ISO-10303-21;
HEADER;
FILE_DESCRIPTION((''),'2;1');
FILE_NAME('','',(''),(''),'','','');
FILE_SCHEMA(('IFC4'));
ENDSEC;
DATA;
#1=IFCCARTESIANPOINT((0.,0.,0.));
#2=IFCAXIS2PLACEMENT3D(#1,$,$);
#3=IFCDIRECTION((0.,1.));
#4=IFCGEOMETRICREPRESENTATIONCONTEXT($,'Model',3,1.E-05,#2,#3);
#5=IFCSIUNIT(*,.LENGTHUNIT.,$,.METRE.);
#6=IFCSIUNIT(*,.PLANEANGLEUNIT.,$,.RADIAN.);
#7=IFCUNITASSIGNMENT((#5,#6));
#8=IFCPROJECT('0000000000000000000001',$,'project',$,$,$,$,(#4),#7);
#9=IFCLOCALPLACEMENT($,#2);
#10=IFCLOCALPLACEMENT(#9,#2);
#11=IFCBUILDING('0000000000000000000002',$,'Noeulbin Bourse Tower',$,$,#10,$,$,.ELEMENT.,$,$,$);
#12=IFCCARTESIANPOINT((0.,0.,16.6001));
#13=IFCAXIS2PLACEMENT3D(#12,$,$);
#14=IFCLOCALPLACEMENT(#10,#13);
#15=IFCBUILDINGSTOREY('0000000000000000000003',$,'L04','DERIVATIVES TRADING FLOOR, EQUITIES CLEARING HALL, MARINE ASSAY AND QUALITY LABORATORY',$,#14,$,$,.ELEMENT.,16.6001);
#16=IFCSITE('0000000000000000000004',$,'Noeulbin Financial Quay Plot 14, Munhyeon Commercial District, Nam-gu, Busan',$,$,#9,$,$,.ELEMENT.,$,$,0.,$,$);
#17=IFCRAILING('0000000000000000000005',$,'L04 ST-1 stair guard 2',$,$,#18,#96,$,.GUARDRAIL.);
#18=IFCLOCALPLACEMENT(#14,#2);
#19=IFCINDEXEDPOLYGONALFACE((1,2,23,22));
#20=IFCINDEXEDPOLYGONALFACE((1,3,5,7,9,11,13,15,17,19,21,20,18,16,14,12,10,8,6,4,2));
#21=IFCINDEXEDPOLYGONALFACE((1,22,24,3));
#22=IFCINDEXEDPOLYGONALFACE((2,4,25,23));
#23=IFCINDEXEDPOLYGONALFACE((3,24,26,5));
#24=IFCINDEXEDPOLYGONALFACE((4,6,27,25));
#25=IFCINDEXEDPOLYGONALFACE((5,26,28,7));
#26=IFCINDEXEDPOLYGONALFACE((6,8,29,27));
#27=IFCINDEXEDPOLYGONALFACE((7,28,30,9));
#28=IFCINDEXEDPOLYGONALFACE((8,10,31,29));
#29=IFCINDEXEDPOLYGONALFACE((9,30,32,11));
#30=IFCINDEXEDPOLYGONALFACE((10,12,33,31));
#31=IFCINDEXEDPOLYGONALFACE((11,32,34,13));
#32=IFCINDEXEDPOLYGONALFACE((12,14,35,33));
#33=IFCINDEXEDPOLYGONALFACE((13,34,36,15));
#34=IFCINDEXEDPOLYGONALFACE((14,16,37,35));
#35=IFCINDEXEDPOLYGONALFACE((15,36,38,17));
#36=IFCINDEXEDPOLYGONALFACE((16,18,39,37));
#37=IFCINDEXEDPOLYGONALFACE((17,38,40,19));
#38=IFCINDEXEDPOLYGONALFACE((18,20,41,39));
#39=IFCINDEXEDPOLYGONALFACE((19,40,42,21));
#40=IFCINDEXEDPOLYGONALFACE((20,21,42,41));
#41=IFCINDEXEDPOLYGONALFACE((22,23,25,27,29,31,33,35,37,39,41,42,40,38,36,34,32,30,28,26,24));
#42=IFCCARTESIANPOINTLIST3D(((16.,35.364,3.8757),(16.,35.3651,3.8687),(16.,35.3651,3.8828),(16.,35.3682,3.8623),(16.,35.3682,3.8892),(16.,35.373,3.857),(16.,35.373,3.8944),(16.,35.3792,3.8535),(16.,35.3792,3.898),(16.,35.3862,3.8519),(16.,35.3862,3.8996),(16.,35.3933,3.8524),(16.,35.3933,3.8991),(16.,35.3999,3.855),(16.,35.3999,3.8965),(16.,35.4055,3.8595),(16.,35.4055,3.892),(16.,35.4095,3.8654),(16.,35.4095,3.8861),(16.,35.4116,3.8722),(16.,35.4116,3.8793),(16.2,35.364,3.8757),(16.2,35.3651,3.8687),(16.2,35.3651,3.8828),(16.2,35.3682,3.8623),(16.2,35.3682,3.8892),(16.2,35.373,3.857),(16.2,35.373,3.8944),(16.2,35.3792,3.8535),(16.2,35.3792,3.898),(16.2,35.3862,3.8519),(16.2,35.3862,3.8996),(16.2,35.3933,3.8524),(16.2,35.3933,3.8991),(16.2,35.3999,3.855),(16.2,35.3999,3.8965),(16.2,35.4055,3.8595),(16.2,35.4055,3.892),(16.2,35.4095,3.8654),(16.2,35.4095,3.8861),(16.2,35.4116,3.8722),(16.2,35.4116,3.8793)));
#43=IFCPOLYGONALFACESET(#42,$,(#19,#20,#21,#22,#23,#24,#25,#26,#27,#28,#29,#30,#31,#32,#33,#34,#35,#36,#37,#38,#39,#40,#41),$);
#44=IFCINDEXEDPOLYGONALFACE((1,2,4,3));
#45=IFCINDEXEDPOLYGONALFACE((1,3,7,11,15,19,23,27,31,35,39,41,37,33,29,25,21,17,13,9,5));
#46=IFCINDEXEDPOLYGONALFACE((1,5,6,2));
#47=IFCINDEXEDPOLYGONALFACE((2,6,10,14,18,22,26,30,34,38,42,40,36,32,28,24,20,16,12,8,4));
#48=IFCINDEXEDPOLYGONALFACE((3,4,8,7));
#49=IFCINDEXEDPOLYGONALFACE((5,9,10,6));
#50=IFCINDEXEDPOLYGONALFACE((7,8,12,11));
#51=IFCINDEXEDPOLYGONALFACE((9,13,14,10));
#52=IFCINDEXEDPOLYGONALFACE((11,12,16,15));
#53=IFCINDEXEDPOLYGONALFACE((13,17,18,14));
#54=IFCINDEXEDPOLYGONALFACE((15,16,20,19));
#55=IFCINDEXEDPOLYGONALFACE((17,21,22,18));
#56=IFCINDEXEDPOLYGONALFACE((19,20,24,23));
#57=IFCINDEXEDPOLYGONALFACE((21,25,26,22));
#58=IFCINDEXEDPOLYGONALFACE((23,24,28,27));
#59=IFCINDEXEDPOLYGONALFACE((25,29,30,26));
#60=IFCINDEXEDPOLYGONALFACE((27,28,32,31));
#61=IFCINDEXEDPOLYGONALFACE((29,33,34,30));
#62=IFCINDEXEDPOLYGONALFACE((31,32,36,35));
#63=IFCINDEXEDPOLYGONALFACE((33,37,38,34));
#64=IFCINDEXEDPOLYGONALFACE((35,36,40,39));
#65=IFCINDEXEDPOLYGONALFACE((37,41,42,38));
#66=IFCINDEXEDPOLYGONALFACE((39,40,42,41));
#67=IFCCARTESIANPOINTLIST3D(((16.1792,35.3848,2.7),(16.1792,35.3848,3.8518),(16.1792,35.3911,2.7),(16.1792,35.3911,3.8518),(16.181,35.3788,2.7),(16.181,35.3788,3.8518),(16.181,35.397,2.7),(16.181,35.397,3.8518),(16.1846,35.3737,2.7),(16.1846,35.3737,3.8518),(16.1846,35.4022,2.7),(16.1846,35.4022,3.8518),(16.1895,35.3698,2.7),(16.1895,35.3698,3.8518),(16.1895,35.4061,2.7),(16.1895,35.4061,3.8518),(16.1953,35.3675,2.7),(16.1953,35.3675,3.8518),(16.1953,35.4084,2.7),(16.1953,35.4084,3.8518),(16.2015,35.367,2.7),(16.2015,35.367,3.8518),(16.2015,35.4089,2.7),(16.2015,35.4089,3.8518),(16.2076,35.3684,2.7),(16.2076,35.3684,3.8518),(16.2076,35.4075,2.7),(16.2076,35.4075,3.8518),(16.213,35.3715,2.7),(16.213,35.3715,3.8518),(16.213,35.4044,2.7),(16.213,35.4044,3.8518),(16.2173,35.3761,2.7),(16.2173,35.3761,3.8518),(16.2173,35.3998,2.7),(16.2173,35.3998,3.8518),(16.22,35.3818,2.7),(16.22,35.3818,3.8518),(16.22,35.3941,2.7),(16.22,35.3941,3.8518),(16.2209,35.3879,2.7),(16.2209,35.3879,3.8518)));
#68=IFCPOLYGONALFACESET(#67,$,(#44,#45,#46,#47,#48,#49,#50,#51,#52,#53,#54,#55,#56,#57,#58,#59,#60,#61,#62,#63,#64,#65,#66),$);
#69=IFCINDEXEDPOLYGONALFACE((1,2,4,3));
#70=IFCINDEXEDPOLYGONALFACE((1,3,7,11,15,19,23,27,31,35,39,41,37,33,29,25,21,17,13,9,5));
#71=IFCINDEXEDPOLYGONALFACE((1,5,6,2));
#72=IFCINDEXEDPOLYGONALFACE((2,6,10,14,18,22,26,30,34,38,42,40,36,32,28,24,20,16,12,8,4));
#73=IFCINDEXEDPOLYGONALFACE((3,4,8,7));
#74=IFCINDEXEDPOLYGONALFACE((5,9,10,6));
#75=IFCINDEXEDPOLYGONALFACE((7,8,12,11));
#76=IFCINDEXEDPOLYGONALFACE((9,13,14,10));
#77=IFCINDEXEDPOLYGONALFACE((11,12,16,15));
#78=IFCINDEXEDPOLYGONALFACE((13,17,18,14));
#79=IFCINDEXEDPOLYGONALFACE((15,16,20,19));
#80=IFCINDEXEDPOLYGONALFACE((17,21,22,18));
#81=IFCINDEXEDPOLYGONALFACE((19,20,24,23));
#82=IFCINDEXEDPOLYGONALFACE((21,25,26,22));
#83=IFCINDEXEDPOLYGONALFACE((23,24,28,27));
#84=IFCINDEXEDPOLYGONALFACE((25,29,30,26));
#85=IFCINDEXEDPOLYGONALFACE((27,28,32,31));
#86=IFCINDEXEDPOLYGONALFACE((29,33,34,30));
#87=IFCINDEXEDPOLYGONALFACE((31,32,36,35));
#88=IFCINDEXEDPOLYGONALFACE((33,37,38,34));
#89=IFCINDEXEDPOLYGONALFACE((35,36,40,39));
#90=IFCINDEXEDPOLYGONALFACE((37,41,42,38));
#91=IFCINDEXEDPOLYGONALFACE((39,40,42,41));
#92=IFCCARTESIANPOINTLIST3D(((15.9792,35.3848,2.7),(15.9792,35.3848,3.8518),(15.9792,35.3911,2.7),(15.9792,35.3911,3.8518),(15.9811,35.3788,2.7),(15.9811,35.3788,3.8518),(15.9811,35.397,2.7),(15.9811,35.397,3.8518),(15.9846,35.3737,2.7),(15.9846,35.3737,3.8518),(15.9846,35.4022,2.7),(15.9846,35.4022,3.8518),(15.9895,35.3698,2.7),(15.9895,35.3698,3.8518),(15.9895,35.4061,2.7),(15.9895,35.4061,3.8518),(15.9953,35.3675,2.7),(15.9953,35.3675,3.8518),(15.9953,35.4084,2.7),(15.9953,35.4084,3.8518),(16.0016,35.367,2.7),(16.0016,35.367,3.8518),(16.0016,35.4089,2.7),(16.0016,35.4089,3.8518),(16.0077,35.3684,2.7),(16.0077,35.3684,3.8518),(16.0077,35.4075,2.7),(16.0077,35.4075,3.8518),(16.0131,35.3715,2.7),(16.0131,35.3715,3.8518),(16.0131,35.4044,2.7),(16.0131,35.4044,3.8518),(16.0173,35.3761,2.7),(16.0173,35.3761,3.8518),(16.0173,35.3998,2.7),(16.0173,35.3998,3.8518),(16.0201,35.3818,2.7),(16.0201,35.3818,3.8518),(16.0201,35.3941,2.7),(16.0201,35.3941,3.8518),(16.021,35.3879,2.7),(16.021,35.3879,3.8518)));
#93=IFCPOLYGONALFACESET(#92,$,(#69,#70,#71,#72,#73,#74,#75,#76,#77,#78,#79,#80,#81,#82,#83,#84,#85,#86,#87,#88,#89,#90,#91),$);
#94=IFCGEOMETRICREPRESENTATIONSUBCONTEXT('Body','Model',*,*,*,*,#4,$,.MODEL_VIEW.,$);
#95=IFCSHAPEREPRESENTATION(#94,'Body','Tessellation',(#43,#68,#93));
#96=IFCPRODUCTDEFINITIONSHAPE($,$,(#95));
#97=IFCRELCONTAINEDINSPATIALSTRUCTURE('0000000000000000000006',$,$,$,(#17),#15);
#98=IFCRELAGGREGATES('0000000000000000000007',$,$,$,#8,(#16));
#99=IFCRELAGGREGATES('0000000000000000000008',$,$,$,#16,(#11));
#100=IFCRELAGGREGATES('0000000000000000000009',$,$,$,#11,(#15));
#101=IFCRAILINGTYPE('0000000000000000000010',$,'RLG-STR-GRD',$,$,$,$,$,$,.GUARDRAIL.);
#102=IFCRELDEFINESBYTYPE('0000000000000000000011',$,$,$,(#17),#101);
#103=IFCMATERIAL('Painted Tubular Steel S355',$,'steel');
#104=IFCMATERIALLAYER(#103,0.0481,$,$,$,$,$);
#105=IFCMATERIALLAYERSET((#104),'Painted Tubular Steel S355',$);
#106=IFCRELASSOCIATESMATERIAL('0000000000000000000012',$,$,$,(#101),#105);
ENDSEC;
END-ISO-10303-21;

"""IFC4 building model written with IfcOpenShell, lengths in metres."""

from ifc_helpers import new_model, si_unit, direction, frame, origin, origin_2d, place, context, subcontext, project, spatial, circle, extrude, material, layer, layer_set, type_object, element, save


model = new_model("IFC4")

# Units and contexts
model_context = context("Model", 3, precision=1e-05, world=origin(), true_north=direction((0.0, 1.0)))
body_context = subcontext(model_context, "Body", "Model", "MODEL_VIEW")
ifc_project = project(units=[si_unit("LENGTHUNIT", "METRE"), si_unit("PLANEANGLEUNIT", "RADIAN")], contexts=[model_context])

# Site, building, storey
site_placement = place(None, origin())
site = spatial("IfcSite", under=ifc_project, at=site_placement, Name="Noeulbin Financial Quay Plot 14, Munhyeon Commercial District, Nam-gu, Busan", CompositionType="ELEMENT", RefElevation=0.0)
building_placement = place(site_placement, origin())
building = spatial("IfcBuilding", under=site, at=building_placement, Name="Noeulbin Bourse Tower", CompositionType="ELEMENT")
storey_placement = place(building_placement, frame((0.0, 0.0, 16.6001)))
storey = spatial("IfcBuildingStorey", under=building, at=storey_placement, Name="L04", Description="DERIVATIVES TRADING FLOOR, EQUITIES CLEARING HALL, MARINE ASSAY AND QUALITY LABORATORY", CompositionType="ELEMENT", Elevation=16.6001)

# Railing
ifc_material_1 = material(Name="Painted Tubular Steel S355", Category="steel")
ifc_layer_1 = layer(ifc_material_1, 0.0481)
ifc_layer_set_1 = layer_set([ifc_layer_1], Name="Painted Tubular Steel S355")
railing_type_1 = type_object("IfcRailingType", Name="RLG-STR-GRD", PredefinedType="GUARDRAIL", material=ifc_layer_set_1)
railing_1_placement = place(storey_placement, frame((16.2, 35.3879, 2.7)))
element("IfcRailing", 1, at=railing_1_placement, inside=storey, type_object=railing_type_1, Name="L04 ST-1 stair guard 2", PredefinedType="GUARDRAIL", context=body_context, shape_type="SweptSolid", body=[
    extrude(circle(Radius=0.0239, at=origin_2d()), frame((0.0, 0.0, 1.1758), z_axis=(-1.0, 0.0, 0.0), x_axis=(0.0, -1.0, 0.0)), (0.0, 0.0, 1.0), 0.2),
    extrude(circle(Radius=0.021, at=origin_2d()), origin(), (0.0, 0.0, 1.0), 1.1519),
    extrude(circle(Radius=0.021, at=origin_2d()), frame((-0.2, 0.0, 0.0)), (0.0, 0.0, 1.0), 1.1519),
])

save(model, "model.ifc")
